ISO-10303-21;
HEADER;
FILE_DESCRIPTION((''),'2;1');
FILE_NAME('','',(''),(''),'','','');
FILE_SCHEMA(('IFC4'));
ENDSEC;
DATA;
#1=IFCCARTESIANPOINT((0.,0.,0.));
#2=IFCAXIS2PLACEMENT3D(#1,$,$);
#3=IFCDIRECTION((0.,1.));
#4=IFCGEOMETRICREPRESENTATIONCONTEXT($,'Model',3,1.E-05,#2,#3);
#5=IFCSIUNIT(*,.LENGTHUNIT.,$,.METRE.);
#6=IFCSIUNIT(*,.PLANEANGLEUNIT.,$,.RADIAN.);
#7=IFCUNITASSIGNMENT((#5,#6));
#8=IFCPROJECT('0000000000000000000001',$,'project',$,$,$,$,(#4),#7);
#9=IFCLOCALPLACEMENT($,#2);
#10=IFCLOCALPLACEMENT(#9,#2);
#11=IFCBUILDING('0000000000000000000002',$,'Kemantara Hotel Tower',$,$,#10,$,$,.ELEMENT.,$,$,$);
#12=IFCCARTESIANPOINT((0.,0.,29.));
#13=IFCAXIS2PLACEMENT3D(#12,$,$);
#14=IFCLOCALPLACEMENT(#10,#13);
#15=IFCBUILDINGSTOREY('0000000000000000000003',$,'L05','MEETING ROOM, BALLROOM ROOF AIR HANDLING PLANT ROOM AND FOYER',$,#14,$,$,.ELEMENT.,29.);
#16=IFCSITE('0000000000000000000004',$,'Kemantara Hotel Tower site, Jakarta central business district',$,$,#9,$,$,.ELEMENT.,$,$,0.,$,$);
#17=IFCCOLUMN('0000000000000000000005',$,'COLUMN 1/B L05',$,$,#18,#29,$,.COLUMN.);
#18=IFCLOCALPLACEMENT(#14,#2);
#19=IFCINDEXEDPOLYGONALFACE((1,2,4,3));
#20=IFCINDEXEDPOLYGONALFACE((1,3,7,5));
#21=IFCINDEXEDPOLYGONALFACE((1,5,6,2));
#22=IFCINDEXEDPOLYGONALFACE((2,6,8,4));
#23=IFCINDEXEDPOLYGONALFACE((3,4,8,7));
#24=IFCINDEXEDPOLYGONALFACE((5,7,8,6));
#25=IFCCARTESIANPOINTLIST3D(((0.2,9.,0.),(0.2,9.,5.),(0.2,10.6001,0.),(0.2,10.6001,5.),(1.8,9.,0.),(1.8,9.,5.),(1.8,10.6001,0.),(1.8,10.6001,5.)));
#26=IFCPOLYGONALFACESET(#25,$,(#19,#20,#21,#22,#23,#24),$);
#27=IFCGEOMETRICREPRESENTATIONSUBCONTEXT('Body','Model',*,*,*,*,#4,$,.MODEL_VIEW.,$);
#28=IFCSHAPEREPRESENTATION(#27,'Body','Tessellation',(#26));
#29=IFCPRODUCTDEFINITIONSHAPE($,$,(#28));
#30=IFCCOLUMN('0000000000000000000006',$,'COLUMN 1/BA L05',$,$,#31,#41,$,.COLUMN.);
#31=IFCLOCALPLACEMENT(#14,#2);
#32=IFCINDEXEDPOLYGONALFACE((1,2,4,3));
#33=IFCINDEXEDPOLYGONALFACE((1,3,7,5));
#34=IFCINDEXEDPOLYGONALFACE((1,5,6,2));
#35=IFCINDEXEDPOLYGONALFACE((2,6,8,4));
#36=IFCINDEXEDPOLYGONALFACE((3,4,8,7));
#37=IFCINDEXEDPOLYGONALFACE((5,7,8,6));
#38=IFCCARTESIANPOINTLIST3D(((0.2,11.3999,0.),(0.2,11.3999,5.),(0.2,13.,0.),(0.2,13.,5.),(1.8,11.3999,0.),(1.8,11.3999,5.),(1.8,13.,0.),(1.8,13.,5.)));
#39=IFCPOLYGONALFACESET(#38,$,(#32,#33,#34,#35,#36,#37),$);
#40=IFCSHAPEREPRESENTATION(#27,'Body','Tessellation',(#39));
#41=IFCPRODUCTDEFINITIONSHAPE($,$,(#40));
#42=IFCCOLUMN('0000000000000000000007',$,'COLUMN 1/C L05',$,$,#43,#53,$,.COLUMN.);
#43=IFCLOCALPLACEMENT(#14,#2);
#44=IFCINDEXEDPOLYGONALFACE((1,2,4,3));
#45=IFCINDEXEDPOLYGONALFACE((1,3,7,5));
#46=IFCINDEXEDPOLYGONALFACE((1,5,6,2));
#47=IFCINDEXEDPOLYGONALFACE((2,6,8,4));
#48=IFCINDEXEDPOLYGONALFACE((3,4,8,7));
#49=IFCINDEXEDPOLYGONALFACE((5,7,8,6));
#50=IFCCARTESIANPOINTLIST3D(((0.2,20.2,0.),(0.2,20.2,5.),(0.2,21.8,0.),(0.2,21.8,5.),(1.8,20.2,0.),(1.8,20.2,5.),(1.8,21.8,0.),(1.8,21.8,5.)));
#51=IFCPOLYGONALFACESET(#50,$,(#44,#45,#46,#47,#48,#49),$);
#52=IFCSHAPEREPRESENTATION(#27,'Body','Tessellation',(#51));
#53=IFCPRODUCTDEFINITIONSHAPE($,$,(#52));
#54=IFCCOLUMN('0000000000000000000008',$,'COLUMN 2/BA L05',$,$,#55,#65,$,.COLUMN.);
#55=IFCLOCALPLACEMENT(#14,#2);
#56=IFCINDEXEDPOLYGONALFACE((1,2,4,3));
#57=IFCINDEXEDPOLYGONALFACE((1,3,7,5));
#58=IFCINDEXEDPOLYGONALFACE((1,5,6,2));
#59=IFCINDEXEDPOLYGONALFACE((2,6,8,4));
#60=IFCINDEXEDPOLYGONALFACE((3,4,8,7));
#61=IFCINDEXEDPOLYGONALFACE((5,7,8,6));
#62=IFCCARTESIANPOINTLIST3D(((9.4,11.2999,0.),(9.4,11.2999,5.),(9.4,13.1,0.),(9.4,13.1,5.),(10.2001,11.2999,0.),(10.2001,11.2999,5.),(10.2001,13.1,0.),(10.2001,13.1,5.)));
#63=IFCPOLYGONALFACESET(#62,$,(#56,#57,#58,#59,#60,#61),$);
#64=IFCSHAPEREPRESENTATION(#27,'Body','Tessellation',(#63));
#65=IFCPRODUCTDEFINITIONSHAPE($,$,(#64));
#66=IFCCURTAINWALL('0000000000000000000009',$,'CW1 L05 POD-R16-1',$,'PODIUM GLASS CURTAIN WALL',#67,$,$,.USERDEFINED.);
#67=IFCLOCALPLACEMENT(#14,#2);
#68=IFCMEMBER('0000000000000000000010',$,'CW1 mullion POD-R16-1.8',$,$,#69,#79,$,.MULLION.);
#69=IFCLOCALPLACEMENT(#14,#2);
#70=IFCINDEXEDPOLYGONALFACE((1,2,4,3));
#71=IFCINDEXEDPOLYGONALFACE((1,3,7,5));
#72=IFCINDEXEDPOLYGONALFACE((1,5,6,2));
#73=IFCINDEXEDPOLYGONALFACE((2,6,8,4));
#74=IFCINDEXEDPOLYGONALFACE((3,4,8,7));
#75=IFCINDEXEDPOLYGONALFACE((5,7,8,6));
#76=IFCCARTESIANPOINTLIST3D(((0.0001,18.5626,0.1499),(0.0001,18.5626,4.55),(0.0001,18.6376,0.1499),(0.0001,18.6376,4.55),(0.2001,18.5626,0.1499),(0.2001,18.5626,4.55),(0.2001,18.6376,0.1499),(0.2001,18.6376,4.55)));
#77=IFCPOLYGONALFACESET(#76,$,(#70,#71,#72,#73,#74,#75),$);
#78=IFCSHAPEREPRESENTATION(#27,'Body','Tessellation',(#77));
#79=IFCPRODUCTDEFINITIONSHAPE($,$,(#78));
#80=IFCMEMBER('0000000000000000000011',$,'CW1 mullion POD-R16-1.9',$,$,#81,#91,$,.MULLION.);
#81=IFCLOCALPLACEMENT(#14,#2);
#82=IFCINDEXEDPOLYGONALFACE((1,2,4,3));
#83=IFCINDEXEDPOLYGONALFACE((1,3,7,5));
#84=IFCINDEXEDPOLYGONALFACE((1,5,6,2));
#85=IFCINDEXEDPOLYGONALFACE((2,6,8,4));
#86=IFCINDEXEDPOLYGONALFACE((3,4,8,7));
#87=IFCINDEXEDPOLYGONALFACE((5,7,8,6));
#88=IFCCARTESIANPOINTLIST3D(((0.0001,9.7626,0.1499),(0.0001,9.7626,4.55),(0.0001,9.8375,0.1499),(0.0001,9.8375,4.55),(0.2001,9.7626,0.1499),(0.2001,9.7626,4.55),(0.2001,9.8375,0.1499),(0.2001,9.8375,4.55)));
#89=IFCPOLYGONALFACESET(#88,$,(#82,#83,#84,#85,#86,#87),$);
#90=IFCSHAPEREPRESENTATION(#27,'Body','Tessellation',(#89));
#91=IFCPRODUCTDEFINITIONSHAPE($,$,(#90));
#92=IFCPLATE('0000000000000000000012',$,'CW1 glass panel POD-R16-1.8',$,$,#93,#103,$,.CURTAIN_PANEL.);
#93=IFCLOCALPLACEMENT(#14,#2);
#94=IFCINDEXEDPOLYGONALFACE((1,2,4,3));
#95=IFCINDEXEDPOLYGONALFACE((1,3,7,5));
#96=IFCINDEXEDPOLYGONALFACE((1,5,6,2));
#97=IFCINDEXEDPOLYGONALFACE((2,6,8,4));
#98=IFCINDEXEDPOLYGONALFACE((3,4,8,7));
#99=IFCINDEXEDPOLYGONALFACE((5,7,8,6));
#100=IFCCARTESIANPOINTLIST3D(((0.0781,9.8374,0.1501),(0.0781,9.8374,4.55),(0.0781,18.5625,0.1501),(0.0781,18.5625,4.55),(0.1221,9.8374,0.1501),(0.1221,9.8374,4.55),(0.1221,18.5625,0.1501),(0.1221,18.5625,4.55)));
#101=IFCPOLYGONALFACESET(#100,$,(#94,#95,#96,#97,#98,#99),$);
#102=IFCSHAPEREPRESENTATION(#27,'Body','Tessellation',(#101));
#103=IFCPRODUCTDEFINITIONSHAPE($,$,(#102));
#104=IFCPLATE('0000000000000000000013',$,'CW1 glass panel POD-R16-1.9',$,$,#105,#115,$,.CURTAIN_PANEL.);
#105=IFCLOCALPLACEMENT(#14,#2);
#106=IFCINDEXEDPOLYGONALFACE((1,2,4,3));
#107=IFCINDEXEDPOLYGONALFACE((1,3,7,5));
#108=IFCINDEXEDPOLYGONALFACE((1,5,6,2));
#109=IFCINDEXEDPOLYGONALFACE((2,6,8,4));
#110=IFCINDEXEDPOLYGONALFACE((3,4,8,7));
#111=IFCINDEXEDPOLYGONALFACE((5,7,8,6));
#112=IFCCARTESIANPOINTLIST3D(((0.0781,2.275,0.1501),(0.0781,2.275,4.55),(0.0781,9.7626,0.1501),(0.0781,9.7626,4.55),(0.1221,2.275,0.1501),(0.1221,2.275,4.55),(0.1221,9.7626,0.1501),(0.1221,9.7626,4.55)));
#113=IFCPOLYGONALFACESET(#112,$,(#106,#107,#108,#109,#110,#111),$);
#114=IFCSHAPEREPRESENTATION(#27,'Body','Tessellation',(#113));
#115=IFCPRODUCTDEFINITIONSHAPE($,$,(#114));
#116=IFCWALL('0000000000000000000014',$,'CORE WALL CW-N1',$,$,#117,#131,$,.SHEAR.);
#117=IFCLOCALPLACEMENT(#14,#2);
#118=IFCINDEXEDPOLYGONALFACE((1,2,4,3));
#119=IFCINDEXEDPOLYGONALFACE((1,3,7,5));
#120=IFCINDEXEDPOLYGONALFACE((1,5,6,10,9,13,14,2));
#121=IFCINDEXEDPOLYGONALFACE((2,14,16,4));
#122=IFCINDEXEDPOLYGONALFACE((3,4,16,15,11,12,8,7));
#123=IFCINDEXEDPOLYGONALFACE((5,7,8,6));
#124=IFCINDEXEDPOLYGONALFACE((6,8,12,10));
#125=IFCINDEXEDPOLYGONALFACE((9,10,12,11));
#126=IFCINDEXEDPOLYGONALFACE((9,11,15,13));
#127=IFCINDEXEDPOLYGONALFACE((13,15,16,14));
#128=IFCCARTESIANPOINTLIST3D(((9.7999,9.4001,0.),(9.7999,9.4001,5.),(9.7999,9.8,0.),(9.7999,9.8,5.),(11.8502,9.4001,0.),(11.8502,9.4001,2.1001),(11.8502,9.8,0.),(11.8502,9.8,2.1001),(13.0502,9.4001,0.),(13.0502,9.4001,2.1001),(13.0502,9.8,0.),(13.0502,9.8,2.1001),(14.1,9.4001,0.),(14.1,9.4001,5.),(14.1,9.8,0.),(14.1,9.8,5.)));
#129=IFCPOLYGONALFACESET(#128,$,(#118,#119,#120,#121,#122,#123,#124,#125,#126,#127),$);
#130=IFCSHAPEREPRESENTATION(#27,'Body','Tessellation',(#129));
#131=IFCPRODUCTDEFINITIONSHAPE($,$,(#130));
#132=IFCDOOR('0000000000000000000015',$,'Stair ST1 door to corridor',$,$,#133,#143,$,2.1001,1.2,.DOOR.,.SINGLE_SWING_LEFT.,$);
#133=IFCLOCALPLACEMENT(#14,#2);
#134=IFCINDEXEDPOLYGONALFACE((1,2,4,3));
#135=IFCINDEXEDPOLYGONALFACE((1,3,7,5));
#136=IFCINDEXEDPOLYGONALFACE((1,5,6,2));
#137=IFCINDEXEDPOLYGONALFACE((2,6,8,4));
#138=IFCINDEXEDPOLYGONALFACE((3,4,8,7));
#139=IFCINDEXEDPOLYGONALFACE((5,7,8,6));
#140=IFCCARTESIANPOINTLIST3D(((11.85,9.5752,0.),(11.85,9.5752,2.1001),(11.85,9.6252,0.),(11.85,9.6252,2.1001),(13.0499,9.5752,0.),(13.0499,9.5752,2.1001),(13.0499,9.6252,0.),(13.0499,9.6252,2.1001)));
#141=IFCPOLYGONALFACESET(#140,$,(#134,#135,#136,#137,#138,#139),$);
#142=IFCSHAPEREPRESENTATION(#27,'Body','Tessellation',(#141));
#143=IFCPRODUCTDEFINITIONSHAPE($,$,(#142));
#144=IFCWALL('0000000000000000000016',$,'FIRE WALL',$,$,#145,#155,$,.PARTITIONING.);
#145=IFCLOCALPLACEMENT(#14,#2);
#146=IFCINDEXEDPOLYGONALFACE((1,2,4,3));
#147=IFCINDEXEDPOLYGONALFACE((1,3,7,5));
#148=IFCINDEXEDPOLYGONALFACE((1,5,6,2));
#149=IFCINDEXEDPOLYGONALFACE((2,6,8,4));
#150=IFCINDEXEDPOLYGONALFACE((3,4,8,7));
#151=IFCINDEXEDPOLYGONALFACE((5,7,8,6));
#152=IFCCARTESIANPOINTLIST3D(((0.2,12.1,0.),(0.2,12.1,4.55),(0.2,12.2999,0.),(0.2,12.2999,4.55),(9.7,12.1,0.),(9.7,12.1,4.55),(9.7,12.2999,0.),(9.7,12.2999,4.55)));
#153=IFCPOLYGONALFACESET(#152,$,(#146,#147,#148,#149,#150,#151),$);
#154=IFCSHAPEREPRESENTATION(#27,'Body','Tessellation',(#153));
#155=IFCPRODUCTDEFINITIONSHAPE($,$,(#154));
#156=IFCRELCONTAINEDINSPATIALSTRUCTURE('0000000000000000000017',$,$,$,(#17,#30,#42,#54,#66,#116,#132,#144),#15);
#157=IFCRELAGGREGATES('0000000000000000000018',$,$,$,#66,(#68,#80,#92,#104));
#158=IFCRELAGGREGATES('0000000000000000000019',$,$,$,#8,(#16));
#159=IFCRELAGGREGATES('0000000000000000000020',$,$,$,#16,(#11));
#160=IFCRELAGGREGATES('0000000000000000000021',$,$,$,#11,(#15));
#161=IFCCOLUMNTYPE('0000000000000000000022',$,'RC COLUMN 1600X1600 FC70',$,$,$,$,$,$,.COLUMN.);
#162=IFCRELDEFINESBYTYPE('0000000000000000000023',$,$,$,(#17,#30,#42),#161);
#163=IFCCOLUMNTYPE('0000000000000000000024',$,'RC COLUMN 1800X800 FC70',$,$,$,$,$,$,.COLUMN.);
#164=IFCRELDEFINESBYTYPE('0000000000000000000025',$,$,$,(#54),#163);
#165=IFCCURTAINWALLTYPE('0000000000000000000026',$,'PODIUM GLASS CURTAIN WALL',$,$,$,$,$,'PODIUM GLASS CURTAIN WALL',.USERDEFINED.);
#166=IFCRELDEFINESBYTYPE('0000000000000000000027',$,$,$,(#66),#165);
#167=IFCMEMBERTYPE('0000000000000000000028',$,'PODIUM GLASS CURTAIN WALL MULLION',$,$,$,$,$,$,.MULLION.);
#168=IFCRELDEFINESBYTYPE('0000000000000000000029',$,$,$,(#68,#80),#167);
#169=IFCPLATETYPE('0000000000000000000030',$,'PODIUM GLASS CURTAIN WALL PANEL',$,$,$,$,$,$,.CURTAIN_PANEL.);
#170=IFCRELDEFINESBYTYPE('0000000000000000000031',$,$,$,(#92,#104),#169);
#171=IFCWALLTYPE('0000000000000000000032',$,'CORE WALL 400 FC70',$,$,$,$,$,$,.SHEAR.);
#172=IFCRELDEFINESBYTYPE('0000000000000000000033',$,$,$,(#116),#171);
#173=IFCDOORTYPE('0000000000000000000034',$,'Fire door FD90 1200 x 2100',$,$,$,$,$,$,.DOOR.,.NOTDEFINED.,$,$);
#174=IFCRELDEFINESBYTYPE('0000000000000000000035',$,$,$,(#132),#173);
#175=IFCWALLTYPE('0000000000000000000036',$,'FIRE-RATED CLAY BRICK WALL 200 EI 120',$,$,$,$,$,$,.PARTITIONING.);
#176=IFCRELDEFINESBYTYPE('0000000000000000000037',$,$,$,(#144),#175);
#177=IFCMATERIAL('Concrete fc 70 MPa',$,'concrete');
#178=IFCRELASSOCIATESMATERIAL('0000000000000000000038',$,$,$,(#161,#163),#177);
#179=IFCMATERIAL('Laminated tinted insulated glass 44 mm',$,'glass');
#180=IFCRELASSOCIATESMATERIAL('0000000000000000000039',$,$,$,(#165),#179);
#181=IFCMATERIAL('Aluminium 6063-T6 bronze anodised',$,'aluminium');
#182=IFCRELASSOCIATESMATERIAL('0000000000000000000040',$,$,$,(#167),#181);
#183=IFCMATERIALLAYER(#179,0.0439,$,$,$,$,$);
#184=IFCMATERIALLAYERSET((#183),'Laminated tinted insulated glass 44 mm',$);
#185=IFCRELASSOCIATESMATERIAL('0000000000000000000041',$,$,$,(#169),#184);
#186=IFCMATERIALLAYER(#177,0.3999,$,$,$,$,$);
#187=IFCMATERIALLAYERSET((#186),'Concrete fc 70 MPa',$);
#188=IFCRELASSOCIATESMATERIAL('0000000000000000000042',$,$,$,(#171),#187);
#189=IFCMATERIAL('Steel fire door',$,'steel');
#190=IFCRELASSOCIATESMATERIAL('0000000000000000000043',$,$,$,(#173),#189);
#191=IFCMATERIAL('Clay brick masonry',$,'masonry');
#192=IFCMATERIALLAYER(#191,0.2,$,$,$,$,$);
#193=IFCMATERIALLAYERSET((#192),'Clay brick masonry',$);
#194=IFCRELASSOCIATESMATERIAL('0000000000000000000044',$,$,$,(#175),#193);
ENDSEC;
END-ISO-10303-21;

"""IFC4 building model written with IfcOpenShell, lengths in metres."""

from ifc_helpers import new_model, si_unit, direction, frame, frame_2d, origin, origin_2d, place, context, subcontext, project, spatial, rectangle, extrude, source, transform, mapped, material, layer, layer_set, material_profile, profile_set, type_object, element, fill, aggregate, save


model = new_model("IFC4")

# Units and contexts
model_context = context("Model", 3, precision=1e-05, world=origin(), true_north=direction((0.0, 1.0)))
body_context = subcontext(model_context, "Body", "Model", "MODEL_VIEW")
ifc_project = project(units=[si_unit("LENGTHUNIT", "METRE"), si_unit("PLANEANGLEUNIT", "RADIAN")], contexts=[model_context])

# Site, building, storey
site_placement = place(None, origin())
site = spatial("IfcSite", under=ifc_project, at=site_placement, Name="Kemantara Hotel Tower site, Jakarta central business district", CompositionType="ELEMENT", RefElevation=0.0)
building_placement = place(site_placement, origin())
building = spatial("IfcBuilding", under=site, at=building_placement, Name="Kemantara Hotel Tower", CompositionType="ELEMENT")
storey_placement = place(building_placement, frame((0.0, 0.0, 29.0)))
storey = spatial("IfcBuildingStorey", under=building, at=storey_placement, Name="L05", Description="MEETING ROOM, BALLROOM ROOF AIR HANDLING PLANT ROOM AND FOYER", CompositionType="ELEMENT", Elevation=29.0)

# Columns
ifc_material_1 = material(Name="Concrete fc 70 MPa", Category="concrete")
ifc_material_profile_1 = material_profile(ifc_material_1, rectangle(XDim=1.6001, YDim=1.6001, at=origin_2d()), Name="RC 1600X1600")
ifc_profile_set_1 = profile_set([ifc_material_profile_1], Name="Concrete fc 70 MPa")
column_type_1 = type_object("IfcColumnType", Name="RC COLUMN 1600X1600 FC70", PredefinedType="COLUMN", material=ifc_profile_set_1)
for number, where, z_axis, x_axis, name in (
    (1, (1.0, 9.8, 0.0), (0.0, 0.0, 1.0), (1.0, 0.0, 0.0), "COLUMN 1/B L05"),
    (2, (1.0, 12.2, 0.0), (0.0, 0.0, 1.0), (1.0, 0.0, 0.0), "COLUMN 1/BA L05"),
    (3, (1.0, 21.0, 0.0), (0.0, 0.0, 1.0), (1.0, 0.0, 0.0), "COLUMN 1/C L05"),
):
    element("IfcColumn", number, at=place(storey_placement, frame(where, z_axis=z_axis, x_axis=x_axis)), inside=storey, type_object=column_type_1, Name=name, PredefinedType="COLUMN", context=body_context, shape_type="SweptSolid", body=[
        extrude(rectangle(XDim=1.6001, YDim=1.6001, at=origin_2d()), origin(), (0.0, 0.0, 1.0), 5.0),
    ])
ifc_material_profile_2 = material_profile(ifc_material_1, rectangle(XDim=1.8, YDim=0.8, at=origin_2d()), Name="RC 1800X800")
ifc_profile_set_2 = profile_set([ifc_material_profile_2], Name="Concrete fc 70 MPa")
column_type_2 = type_object("IfcColumnType", Name="RC COLUMN 1800X800 FC70", PredefinedType="COLUMN", material=ifc_profile_set_2)
column_placement = place(storey_placement, frame((9.8, 12.2, 0.0), z_axis=(0.0, 0.0, 1.0), x_axis=(0.0, 1.0, 0.0)))
element("IfcColumn", 4, at=column_placement, inside=storey, type_object=column_type_2, Name="COLUMN 2/BA L05", PredefinedType="COLUMN", context=body_context, shape_type="SweptSolid", body=[
    extrude(rectangle(XDim=1.8, YDim=0.8, at=origin_2d()), origin(), (0.0, 0.0, 1.0), 5.0),
])

# Curtain wall, members, plates
ifc_material_2 = material(Name="Laminated tinted insulated glass 44 mm", Category="glass")
curtain_wall_type = type_object("IfcCurtainWallType", Name="PODIUM GLASS CURTAIN WALL", ElementType="PODIUM GLASS CURTAIN WALL", PredefinedType="USERDEFINED", material=ifc_material_2)
curtain_wall_placement = place(storey_placement, origin())
curtain_wall = element("IfcCurtainWall", 5, at=curtain_wall_placement, inside=storey, type_object=curtain_wall_type, Name="CW1 L05 POD-R16-1", ObjectType="PODIUM GLASS CURTAIN WALL", PredefinedType="USERDEFINED")
ifc_material_3 = material(Name="Aluminium 6063-T6 bronze anodised", Category="aluminium")
ifc_material_profile_3 = material_profile(ifc_material_3, rectangle(XDim=0.2, YDim=0.075, at=origin_2d()), Name="PODIUM GLASS CURTAIN WALL MULLION")
ifc_profile_set_3 = profile_set([ifc_material_profile_3], Name="Aluminium 6063-T6 bronze anodised")
member_type = type_object("IfcMemberType", Name="PODIUM GLASS CURTAIN WALL MULLION", PredefinedType="MULLION", material=ifc_profile_set_3)
shared_shape_1 = source(origin(), body_context, "Body", "SweptSolid", [
    extrude(rectangle(XDim=0.2, YDim=0.075, at=origin_2d()), origin(), (0.0, 0.0, 1.0), 4.4001),
])
member_1_placement = place(storey_placement, frame((0.1001, 18.6001, 0.1499), z_axis=(0.0, 0.0, 1.0), x_axis=(1.0, 0.0, 0.0)))
member_1 = element("IfcMember", 6, at=member_1_placement, type_object=member_type, Name="CW1 mullion POD-R16-1.8", PredefinedType="MULLION", context=body_context, shape_type="MappedRepresentation", body=[
    mapped(shared_shape_1, transform((0.0, 0.0, 0.0))),
])
member_2_placement = place(storey_placement, frame((0.1001, 9.8, 0.1499), z_axis=(0.0, 0.0, 1.0), x_axis=(1.0, 0.0, 0.0)))
member_2 = element("IfcMember", 7, at=member_2_placement, type_object=member_type, Name="CW1 mullion POD-R16-1.9", PredefinedType="MULLION", context=body_context, shape_type="MappedRepresentation", body=[
    mapped(shared_shape_1, transform((0.0, 0.0, 0.0))),
])
ifc_layer_1 = layer(ifc_material_2, 0.0439)
ifc_layer_set_1 = layer_set([ifc_layer_1], Name="Laminated tinted insulated glass 44 mm")
plate_type = type_object("IfcPlateType", Name="PODIUM GLASS CURTAIN WALL PANEL", PredefinedType="CURTAIN_PANEL", material=ifc_layer_set_1)
shared_shape_2 = source(origin(), body_context, "Body", "SweptSolid", [
    extrude(rectangle(XDim=8.7251, YDim=0.0439, at=origin_2d()), origin(), (0.0, 0.0, 1.0), 4.3999),
])
plate_1_placement = place(storey_placement, frame((0.1001, 14.2, 0.1501), z_axis=(0.0, 0.0, 1.0), x_axis=(0.0, -1.0, 0.0)))
plate_1 = element("IfcPlate", 8, at=plate_1_placement, type_object=plate_type, Name="CW1 glass panel POD-R16-1.8", PredefinedType="CURTAIN_PANEL", context=body_context, shape_type="MappedRepresentation", body=[
    mapped(shared_shape_2, transform((0.0, 0.0, 0.0))),
])
shared_shape_3 = source(origin(), body_context, "Body", "SweptSolid", [
    extrude(rectangle(XDim=7.4875, YDim=0.0439, at=origin_2d()), origin(), (0.0, 0.0, 1.0), 4.3999),
])
plate_2_placement = place(storey_placement, frame((0.1001, 6.0188, 0.1501), z_axis=(0.0, 0.0, 1.0), x_axis=(0.0, -1.0, 0.0)))
plate_2 = element("IfcPlate", 9, at=plate_2_placement, type_object=plate_type, Name="CW1 glass panel POD-R16-1.9", PredefinedType="CURTAIN_PANEL", context=body_context, shape_type="MappedRepresentation", body=[
    mapped(shared_shape_3, transform((0.0, 0.0, 0.0))),
])
aggregate(curtain_wall, [member_1, member_2, plate_1, plate_2])

# Wall, opening, door
ifc_layer_2 = layer(ifc_material_1, 0.3999)
ifc_layer_set_2 = layer_set([ifc_layer_2], Name="Concrete fc 70 MPa")
wall_type_1 = type_object("IfcWallType", Name="CORE WALL 400 FC70", PredefinedType="SHEAR", material=ifc_layer_set_2)
wall_1_placement = place(storey_placement, frame((9.8, 9.6001, 0.0), z_axis=(0.0, 0.0, 1.0), x_axis=(1.0, 0.0, 0.0)))
wall_1 = element("IfcWall", 10, at=wall_1_placement, inside=storey, type_object=wall_type_1, Name="CORE WALL CW-N1", PredefinedType="SHEAR", context=body_context, shape_type="SweptSolid", body=[
    extrude(rectangle(XDim=4.3, YDim=0.3999, at=frame_2d((2.1499, 0.0))), origin(), (0.0, 0.0, 1.0), 5.0),
])
opening_1_placement = place(wall_1_placement, frame((2.05, 0.0, 0.0)))
opening_1 = element("IfcOpeningElement", 11, at=opening_1_placement, cuts=wall_1, PredefinedType="OPENING", context=body_context, shape_type="SweptSolid", body=[
    extrude(rectangle(XDim=1.2, YDim=2.1001, at=frame_2d((0.6001, 1.05))), frame((0.0, 0.21, 0.0), z_axis=(0.0, -1.0, 0.0), x_axis=(1.0, 0.0, 0.0)), (0.0, 0.0, 1.0), 0.4199),
])
ifc_material_4 = material(Name="Steel fire door", Category="steel")
door_type_1 = type_object("IfcDoorType", Name="Fire door FD90 1200 x 2100", OperationType="NOTDEFINED", PredefinedType="DOOR", material=ifc_material_4)
door_1_placement = place(opening_1_placement, frame((1.2, 0.0, 0.0), z_axis=(0.0, 0.0, 1.0), x_axis=(-1.0, 0.0, 0.0)))
door_1 = element("IfcDoor", 12, at=door_1_placement, inside=storey, type_object=door_type_1, Name="Stair ST1 door to corridor", OperationType="SINGLE_SWING_LEFT", OverallHeight=2.1001, OverallWidth=1.2, PredefinedType="DOOR", context=body_context, shape_type="SweptSolid", body=[
    extrude(rectangle(XDim=1.2, YDim=2.1001, at=frame_2d((0.6001, 1.05))), frame((0.0, 0.0249, 0.0), z_axis=(0.0, -1.0, 0.0), x_axis=(1.0, 0.0, 0.0)), (0.0, 0.0, 1.0), 0.05),
])
fill(opening_1, door_1)

# Wall
ifc_material_5 = material(Name="Clay brick masonry", Category="masonry")
ifc_layer_3 = layer(ifc_material_5, 0.2)
ifc_layer_set_3 = layer_set([ifc_layer_3], Name="Clay brick masonry")
wall_type_2 = type_object("IfcWallType", Name="FIRE-RATED CLAY BRICK WALL 200 EI 120", PredefinedType="PARTITIONING", material=ifc_layer_set_3)
wall_2_placement = place(storey_placement, frame((0.2, 12.2, 0.0), z_axis=(0.0, 0.0, 1.0), x_axis=(1.0, 0.0, 0.0)))
element("IfcWall", 13, at=wall_2_placement, inside=storey, type_object=wall_type_2, Name="FIRE WALL", PredefinedType="PARTITIONING", context=body_context, shape_type="SweptSolid", body=[
    extrude(rectangle(XDim=9.5, YDim=0.2, at=frame_2d((4.75, 0.0))), origin(), (0.0, 0.0, 1.0), 4.55),
])

save(model, "model.ifc")
